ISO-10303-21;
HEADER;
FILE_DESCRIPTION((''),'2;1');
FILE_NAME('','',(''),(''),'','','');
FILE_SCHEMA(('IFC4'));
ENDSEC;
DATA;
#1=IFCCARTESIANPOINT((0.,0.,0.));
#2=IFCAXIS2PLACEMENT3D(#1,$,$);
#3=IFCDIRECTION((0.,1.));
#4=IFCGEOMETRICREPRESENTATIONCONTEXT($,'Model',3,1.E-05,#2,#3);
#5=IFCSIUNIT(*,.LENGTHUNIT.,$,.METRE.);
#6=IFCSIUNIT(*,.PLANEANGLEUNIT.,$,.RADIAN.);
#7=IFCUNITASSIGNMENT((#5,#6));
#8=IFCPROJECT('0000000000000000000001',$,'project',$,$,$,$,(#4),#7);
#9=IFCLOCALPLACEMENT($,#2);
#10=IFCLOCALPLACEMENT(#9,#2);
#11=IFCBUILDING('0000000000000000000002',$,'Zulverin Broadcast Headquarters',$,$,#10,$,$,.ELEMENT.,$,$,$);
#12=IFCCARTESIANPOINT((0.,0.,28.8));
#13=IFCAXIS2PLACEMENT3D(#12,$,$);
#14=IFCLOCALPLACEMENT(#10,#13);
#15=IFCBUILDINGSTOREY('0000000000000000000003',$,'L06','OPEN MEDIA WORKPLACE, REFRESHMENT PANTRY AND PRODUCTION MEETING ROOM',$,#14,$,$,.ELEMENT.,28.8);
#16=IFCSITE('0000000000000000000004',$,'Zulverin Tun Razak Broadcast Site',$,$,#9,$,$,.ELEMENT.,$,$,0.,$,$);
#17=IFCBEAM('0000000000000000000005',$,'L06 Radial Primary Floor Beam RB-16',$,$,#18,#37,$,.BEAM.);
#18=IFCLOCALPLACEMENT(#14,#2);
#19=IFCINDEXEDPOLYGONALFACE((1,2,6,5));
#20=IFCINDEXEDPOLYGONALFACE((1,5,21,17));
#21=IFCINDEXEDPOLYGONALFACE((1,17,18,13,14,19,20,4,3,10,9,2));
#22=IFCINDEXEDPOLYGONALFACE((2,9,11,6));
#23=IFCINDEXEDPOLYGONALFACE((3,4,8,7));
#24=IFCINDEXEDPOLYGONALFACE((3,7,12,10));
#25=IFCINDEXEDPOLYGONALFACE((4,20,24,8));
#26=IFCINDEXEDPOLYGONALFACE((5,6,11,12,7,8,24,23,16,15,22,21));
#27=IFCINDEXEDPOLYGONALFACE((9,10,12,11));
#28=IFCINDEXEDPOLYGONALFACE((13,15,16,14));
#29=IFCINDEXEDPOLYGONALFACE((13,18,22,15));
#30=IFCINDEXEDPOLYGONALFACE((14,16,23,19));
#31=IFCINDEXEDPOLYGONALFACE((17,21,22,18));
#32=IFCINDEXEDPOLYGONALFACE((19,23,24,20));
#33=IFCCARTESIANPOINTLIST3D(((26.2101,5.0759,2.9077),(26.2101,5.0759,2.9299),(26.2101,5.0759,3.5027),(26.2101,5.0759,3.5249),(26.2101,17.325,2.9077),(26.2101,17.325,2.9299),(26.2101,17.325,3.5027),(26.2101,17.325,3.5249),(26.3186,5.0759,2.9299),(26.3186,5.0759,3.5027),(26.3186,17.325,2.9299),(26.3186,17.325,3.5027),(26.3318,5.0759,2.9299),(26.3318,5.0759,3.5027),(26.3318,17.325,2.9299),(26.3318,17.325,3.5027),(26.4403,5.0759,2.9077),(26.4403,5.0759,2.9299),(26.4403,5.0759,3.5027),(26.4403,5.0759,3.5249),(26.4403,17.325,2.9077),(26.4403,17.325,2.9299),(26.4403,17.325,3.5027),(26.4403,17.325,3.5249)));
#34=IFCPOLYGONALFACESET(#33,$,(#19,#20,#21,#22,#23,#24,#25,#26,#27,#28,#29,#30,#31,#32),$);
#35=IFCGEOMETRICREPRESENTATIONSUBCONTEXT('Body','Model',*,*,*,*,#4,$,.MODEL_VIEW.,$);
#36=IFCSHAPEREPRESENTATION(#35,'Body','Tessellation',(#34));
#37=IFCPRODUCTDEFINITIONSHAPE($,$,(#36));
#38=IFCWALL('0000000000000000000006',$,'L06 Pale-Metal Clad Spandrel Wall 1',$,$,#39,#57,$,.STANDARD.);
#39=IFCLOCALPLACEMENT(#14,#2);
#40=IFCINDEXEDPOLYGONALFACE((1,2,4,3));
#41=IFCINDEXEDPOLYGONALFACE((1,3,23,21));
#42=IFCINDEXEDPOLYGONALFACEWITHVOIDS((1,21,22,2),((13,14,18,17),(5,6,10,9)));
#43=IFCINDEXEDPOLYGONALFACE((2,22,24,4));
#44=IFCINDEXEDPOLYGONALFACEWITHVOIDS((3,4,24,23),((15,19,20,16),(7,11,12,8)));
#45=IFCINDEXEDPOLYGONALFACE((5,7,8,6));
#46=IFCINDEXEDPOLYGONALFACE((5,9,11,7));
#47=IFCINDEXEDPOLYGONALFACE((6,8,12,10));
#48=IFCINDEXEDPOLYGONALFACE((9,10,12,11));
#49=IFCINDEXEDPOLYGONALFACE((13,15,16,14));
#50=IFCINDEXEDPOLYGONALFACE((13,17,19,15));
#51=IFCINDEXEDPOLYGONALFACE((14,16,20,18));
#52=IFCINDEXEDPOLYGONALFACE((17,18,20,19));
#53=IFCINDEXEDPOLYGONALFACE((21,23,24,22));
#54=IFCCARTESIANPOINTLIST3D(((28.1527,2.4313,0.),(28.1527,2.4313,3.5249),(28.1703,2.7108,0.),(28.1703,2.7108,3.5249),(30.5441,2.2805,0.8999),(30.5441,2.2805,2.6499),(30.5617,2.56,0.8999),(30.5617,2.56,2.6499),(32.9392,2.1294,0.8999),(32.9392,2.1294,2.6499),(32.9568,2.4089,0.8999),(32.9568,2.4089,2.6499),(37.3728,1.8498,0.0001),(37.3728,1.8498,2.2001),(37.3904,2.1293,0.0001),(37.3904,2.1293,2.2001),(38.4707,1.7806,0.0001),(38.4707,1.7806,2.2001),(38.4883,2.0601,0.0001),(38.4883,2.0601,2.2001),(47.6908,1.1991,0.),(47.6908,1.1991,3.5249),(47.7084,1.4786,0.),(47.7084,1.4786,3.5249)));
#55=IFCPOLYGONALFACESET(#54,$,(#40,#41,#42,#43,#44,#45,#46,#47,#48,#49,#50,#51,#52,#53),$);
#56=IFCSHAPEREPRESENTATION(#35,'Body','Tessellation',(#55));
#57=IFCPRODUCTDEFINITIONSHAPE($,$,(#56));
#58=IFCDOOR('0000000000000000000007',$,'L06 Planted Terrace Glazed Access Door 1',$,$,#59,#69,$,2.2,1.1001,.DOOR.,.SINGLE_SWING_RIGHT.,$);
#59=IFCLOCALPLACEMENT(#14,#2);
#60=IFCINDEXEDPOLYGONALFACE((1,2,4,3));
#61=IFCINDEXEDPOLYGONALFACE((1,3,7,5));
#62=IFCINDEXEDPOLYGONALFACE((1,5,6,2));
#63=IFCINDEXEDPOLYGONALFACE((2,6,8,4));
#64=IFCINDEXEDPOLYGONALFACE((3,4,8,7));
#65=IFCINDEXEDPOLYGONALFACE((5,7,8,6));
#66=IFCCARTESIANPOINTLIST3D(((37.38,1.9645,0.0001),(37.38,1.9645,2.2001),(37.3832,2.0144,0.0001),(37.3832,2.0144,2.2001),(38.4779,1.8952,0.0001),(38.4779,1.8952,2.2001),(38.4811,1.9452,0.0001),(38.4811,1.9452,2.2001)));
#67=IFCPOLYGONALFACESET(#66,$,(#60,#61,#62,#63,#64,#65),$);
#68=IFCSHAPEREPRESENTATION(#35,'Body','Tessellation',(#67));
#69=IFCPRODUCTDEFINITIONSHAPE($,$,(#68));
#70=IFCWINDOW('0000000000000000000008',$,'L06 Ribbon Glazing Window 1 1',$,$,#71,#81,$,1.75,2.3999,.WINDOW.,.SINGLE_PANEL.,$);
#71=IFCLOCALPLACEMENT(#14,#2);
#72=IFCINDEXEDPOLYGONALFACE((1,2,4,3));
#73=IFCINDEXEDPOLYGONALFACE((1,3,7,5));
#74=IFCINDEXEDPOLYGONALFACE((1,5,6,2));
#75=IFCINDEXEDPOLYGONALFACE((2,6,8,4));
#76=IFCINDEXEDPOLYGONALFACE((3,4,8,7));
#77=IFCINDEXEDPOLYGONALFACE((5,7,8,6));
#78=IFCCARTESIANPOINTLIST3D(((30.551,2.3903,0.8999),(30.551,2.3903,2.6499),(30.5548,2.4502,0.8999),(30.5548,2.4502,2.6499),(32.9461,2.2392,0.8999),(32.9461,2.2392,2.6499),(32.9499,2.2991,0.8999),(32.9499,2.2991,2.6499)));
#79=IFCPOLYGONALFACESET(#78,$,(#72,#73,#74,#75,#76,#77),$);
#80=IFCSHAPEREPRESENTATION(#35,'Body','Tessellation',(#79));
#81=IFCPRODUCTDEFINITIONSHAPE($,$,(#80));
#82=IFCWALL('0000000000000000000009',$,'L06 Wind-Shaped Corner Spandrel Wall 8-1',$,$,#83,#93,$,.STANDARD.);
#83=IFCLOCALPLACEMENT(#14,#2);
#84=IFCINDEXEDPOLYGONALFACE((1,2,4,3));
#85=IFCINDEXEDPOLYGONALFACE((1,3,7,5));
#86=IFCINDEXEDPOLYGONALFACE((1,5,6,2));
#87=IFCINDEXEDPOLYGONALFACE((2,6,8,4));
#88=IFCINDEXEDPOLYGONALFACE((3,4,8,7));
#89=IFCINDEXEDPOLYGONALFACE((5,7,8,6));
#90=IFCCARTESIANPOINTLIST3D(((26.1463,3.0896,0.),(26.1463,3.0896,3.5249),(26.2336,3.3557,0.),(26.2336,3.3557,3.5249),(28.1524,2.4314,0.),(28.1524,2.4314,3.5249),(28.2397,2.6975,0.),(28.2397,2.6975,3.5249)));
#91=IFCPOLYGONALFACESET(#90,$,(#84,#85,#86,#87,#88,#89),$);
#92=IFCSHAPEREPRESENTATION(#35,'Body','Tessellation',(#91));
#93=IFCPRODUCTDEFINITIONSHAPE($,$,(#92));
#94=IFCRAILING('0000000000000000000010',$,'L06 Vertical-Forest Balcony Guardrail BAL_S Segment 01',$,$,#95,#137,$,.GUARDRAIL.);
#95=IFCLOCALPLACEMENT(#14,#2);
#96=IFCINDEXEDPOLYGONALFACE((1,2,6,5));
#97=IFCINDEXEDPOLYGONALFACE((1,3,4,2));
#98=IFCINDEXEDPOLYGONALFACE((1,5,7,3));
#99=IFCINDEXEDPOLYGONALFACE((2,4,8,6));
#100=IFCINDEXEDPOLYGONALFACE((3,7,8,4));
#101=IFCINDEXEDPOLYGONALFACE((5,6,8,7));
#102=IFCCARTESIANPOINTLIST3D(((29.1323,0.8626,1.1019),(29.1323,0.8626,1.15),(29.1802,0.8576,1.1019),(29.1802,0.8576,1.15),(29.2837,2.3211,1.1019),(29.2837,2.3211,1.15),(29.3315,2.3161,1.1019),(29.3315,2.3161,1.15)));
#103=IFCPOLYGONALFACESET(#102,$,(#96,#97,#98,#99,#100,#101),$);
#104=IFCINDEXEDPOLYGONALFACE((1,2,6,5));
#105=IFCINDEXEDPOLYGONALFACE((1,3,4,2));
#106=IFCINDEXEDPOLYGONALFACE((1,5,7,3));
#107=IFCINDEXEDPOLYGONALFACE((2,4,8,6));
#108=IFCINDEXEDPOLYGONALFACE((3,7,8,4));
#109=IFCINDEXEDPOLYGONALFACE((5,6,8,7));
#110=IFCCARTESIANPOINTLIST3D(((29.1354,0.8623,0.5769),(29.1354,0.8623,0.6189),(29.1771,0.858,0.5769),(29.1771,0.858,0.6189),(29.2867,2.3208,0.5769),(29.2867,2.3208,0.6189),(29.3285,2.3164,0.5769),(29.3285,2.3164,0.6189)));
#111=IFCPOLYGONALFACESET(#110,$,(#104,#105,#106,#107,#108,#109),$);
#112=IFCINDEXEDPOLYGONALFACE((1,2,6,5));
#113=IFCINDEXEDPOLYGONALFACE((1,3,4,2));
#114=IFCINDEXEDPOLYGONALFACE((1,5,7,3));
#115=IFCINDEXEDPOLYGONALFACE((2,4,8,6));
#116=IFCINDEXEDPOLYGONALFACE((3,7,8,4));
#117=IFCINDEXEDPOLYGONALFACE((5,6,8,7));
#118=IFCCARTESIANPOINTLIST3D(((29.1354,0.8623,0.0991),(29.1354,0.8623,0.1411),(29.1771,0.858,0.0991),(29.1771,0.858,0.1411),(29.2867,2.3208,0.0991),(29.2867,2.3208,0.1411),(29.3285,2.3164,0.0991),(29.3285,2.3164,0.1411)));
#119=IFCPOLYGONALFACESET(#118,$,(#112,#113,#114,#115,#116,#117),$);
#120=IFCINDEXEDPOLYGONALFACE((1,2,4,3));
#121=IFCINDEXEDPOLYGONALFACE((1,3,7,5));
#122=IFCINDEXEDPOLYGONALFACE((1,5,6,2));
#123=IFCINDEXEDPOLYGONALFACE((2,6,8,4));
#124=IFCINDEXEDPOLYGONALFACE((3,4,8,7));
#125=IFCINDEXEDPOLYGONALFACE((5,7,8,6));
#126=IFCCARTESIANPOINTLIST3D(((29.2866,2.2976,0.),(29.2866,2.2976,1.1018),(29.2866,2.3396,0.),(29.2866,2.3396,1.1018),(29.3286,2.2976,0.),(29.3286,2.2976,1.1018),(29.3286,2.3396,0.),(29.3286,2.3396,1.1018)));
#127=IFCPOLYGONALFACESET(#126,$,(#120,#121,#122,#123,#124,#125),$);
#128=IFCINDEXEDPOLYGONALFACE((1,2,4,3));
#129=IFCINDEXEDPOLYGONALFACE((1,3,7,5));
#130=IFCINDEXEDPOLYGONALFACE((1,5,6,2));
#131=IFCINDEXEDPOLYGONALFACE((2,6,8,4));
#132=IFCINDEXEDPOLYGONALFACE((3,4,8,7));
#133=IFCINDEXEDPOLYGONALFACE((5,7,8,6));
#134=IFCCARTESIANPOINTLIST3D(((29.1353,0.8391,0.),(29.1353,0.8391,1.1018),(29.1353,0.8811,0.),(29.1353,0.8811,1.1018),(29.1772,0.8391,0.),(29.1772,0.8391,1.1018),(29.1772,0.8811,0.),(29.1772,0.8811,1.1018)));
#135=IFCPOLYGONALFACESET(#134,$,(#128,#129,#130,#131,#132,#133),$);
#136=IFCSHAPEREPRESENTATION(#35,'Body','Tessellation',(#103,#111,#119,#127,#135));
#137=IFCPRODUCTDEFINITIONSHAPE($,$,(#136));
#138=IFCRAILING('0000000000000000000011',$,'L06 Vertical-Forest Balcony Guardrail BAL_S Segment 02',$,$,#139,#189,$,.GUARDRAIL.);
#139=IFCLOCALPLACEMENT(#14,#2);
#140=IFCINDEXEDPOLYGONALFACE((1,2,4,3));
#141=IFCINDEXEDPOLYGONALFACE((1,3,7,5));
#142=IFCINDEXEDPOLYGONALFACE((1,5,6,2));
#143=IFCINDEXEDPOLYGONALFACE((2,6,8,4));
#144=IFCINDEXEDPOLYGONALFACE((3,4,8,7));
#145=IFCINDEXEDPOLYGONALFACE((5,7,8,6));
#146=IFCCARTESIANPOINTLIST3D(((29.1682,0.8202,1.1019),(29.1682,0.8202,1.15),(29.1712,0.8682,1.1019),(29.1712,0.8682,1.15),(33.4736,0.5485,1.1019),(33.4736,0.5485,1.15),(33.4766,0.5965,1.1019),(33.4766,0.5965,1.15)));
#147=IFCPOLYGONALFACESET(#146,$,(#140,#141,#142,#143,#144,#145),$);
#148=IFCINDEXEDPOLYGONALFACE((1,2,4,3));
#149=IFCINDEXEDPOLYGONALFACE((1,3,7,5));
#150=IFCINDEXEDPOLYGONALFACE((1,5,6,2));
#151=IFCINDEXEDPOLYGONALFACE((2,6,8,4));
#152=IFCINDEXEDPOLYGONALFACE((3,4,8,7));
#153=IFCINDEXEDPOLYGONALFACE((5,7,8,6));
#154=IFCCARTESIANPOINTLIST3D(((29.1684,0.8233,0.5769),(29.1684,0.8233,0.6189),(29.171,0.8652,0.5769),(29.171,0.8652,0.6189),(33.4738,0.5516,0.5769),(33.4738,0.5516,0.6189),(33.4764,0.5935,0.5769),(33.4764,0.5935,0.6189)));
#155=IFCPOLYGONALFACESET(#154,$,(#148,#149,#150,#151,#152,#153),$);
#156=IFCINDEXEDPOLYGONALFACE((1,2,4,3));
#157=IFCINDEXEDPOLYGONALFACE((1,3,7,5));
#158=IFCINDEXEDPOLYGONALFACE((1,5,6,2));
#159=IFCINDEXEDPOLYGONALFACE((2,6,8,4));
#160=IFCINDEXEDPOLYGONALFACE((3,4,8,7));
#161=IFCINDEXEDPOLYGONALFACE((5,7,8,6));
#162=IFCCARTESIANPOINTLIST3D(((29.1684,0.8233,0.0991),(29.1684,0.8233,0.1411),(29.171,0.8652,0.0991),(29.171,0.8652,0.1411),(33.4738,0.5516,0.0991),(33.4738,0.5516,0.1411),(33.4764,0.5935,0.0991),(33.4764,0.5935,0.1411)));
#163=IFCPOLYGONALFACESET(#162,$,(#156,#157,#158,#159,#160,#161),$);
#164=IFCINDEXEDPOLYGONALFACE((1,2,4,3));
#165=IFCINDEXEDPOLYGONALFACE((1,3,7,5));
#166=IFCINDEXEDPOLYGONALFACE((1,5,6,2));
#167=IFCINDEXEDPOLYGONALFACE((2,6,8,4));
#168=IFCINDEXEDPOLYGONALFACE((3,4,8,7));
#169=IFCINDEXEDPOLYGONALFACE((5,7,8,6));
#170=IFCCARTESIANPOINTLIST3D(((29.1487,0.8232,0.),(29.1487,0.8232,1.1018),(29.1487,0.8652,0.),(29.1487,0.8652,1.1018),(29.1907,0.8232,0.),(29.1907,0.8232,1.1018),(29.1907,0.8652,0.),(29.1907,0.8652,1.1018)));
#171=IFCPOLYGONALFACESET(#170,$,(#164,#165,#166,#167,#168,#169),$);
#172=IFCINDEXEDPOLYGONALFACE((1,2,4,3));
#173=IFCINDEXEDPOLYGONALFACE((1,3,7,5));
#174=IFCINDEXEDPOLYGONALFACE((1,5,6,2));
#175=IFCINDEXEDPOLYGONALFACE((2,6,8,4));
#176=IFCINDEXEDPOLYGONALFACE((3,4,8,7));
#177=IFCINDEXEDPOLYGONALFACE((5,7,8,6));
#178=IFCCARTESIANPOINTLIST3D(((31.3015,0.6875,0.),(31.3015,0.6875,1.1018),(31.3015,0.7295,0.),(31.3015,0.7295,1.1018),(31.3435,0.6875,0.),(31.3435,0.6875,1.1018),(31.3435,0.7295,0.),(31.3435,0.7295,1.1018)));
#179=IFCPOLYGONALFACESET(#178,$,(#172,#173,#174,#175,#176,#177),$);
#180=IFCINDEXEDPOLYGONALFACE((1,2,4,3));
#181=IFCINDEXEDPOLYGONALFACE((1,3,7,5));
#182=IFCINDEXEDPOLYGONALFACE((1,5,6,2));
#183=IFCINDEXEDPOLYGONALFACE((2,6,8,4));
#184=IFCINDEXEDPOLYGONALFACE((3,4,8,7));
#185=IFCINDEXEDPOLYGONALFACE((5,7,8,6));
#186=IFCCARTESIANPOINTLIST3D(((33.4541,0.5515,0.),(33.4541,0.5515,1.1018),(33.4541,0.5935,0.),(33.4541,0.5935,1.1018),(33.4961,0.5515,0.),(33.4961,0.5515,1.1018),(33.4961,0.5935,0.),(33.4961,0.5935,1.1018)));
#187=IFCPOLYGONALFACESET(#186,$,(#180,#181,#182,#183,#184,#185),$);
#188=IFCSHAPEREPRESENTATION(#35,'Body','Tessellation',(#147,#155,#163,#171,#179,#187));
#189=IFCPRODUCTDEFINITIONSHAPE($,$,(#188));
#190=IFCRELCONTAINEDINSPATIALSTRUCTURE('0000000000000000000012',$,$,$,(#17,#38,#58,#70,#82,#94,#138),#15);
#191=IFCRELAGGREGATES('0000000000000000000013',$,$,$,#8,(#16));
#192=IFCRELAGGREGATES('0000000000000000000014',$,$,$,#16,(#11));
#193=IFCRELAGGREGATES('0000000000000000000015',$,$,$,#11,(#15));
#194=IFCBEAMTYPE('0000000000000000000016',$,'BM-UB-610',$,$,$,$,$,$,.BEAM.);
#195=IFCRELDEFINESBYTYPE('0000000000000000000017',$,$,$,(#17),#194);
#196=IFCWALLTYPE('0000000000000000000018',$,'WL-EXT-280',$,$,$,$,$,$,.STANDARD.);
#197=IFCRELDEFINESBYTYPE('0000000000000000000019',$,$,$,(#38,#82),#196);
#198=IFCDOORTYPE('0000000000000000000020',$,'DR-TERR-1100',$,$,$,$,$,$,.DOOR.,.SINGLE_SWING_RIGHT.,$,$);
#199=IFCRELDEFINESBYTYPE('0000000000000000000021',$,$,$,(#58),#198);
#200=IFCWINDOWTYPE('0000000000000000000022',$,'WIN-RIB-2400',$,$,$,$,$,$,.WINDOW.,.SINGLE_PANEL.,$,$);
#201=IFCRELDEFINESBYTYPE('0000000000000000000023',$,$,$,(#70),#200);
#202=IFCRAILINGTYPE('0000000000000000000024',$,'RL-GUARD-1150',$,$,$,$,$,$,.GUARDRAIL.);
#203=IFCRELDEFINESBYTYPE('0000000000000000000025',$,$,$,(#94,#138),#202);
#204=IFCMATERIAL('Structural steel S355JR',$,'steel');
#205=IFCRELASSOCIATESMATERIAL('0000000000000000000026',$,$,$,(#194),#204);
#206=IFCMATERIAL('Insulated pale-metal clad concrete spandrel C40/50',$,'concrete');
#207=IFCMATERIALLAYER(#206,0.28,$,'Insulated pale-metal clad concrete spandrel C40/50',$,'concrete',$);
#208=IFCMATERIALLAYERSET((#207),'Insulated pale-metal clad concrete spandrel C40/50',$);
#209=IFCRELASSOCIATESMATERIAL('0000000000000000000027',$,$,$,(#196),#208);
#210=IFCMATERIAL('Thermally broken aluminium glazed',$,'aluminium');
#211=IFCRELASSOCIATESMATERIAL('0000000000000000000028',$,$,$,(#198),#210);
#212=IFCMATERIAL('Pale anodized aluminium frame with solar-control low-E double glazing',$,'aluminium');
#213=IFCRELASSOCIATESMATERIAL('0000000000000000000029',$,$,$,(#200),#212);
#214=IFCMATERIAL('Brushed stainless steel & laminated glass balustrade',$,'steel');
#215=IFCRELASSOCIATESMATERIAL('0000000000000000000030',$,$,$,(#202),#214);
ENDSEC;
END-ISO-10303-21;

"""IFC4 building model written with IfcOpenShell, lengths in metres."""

from ifc_helpers import new_model, si_unit, direction, frame, frame_2d, origin, origin_2d, place, context, subcontext, project, spatial, rectangle, i_section, extrude, material, layer, layer_set, material_profile, profile_set, type_object, element, fill, save


model = new_model("IFC4")

# Units and contexts
model_context = context("Model", 3, precision=1e-05, world=origin(), true_north=direction((0.0, 1.0)))
body_context = subcontext(model_context, "Body", "Model", "MODEL_VIEW")
ifc_project = project(units=[si_unit("LENGTHUNIT", "METRE"), si_unit("PLANEANGLEUNIT", "RADIAN")], contexts=[model_context])

# Site, building, storey
site_placement = place(None, origin())
site = spatial("IfcSite", under=ifc_project, at=site_placement, Name="Zulverin Tun Razak Broadcast Site", CompositionType="ELEMENT", RefElevation=0.0)
building_placement = place(site_placement, origin())
building = spatial("IfcBuilding", under=site, at=building_placement, Name="Zulverin Broadcast Headquarters", CompositionType="ELEMENT")
storey_placement = place(building_placement, frame((0.0, 0.0, 28.8)))
storey = spatial("IfcBuildingStorey", under=building, at=storey_placement, Name="L06", Description="OPEN MEDIA WORKPLACE, REFRESHMENT PANTRY AND PRODUCTION MEETING ROOM", CompositionType="ELEMENT", Elevation=28.8)

# Beam
ifc_material_1 = material(Name="Structural steel S355JR", Category="steel")
ifc_material_profile_1 = material_profile(ifc_material_1, i_section(OverallWidth=0.2302, OverallDepth=0.6172, WebThickness=0.0132, FlangeThickness=0.0222, at=origin_2d()), Name="Structural steel S355JR", Category="steel")
ifc_profile_set_1 = profile_set([ifc_material_profile_1], Name="Structural steel S355JR")
beam_type_1 = type_object("IfcBeamType", Name="BM-UB-610", PredefinedType="BEAM", material=ifc_profile_set_1)
beam_1_placement = place(storey_placement, frame((26.3252, 17.325, 3.2163), z_axis=(0.0, -1.0, 0.0), x_axis=(1.0, 0.0, 0.0)))
element("IfcBeam", 1, at=beam_1_placement, inside=storey, type_object=beam_type_1, Name="L06 Radial Primary Floor Beam RB-16", PredefinedType="BEAM", context=body_context, shape_type="SweptSolid", body=[
    extrude(i_section(OverallWidth=0.2302, OverallDepth=0.6172, WebThickness=0.0132, FlangeThickness=0.0222, at=origin_2d()), origin(), (0.0, 0.0, 1.0), 12.249),
])

# Wall, openings, door, window
ifc_material_2 = material(Name="Insulated pale-metal clad concrete spandrel C40/50", Category="concrete")
ifc_layer = layer(ifc_material_2, 0.28, Name="Insulated pale-metal clad concrete spandrel C40/50", Category="concrete")
ifc_layer_set = layer_set([ifc_layer], Name="Insulated pale-metal clad concrete spandrel C40/50")
wall_type = type_object("IfcWallType", Name="WL-EXT-280", PredefinedType="STANDARD", material=ifc_layer_set)
wall_1_placement = place(storey_placement, frame((28.1614, 2.571, 0.0), z_axis=(0.0, 0.0, 1.0), x_axis=(0.998017, -0.06294, 0.0)))
wall_1 = element("IfcWall", 2, at=wall_1_placement, inside=storey, type_object=wall_type, Name="L06 Pale-Metal Clad Spandrel Wall 1", PredefinedType="STANDARD", context=body_context, shape_type="SweptSolid", body=[
    extrude(rectangle(XDim=19.5769, YDim=0.28, at=frame_2d((9.7886, 0.0))), origin(), (0.0, 0.0, 1.0), 3.5249),
])
opening_1_placement = place(wall_1_placement, frame((9.2385, 0.0, 0.0)))
opening_1 = element("IfcOpeningElement", 3, at=opening_1_placement, cuts=wall_1, PredefinedType="OPENING", context=body_context, shape_type="SweptSolid", body=[
    extrude(rectangle(XDim=1.1001, YDim=2.2, at=frame_2d((0.55, 1.1001))), frame((0.0, 0.1499, 0.0), z_axis=(0.0, -1.0, 0.0), x_axis=(1.0, 0.0, 0.0)), (0.0, 0.0, 1.0), 0.3),
])
opening_2_placement = place(wall_1_placement, frame((2.3962, 0.0, 0.8999)))
opening_2 = element("IfcOpeningElement", 4, at=opening_2_placement, cuts=wall_1, PredefinedType="OPENING", context=body_context, shape_type="SweptSolid", body=[
    extrude(rectangle(XDim=2.3999, YDim=1.75, at=frame_2d((1.2, 0.875))), frame((0.0, 0.1499, 0.0), z_axis=(0.0, -1.0, 0.0), x_axis=(1.0, 0.0, 0.0)), (0.0, 0.0, 1.0), 0.3),
])
ifc_material_3 = material(Name="Thermally broken aluminium glazed", Category="aluminium")
door_type = type_object("IfcDoorType", Name="DR-TERR-1100", OperationType="SINGLE_SWING_RIGHT", PredefinedType="DOOR", material=ifc_material_3)
door_placement = place(opening_1_placement, origin())
door = element("IfcDoor", 5, at=door_placement, inside=storey, type_object=door_type, Name="L06 Planted Terrace Glazed Access Door 1", OperationType="SINGLE_SWING_RIGHT", OverallHeight=2.2, OverallWidth=1.1001, PredefinedType="DOOR", context=body_context, shape_type="SweptSolid", body=[
    extrude(rectangle(XDim=1.1001, YDim=2.2, at=frame_2d((0.55, 1.1001))), frame((0.0, 0.0249, 0.0), z_axis=(0.0, -1.0, 0.0), x_axis=(1.0, 0.0, 0.0)), (0.0, 0.0, 1.0), 0.05),
])
fill(opening_1, door)
ifc_material_4 = material(Name="Pale anodized aluminium frame with solar-control low-E double glazing", Category="aluminium")
window_type = type_object("IfcWindowType", Name="WIN-RIB-2400", PartitioningType="SINGLE_PANEL", PredefinedType="WINDOW", material=ifc_material_4)
window_placement = place(opening_2_placement, origin())
window = element("IfcWindow", 6, at=window_placement, inside=storey, type_object=window_type, Name="L06 Ribbon Glazing Window 1 1", OverallHeight=1.75, OverallWidth=2.3999, PartitioningType="SINGLE_PANEL", PredefinedType="WINDOW", context=body_context, shape_type="SweptSolid", body=[
    extrude(rectangle(XDim=2.3999, YDim=1.75, at=frame_2d((1.2, 0.875))), frame((0.0, 0.03, 0.0), z_axis=(0.0, -1.0, 0.0), x_axis=(1.0, 0.0, 0.0)), (0.0, 0.0, 1.0), 0.0601),
])
fill(opening_2, window)

# Wall
wall_2_placement = place(storey_placement, frame((26.1899, 3.2227, 0.0), z_axis=(0.0, 0.0, 1.0), x_axis=(0.950164, -0.311749, 0.0)))
element("IfcWall", 7, at=wall_2_placement, inside=storey, type_object=wall_type, Name="L06 Wind-Shaped Corner Spandrel Wall 8-1", PredefinedType="STANDARD", context=body_context, shape_type="SweptSolid", body=[
    extrude(rectangle(XDim=2.1113, YDim=0.28, at=frame_2d((1.0557, 0.0))), origin(), (0.0, 0.0, 1.0), 3.5249),
])

# Railings
ifc_material_5 = material(Name="Brushed stainless steel & laminated glass balustrade", Category="steel")
railing_type = type_object("IfcRailingType", Name="RL-GUARD-1150", PredefinedType="GUARDRAIL", material=ifc_material_5)
railing_1_placement = place(storey_placement, frame((29.3076, 2.3186, 0.0)))
element("IfcRailing", 8, at=railing_1_placement, inside=storey, type_object=railing_type, Name="L06 Vertical-Forest Balcony Guardrail BAL_S Segment 01", PredefinedType="GUARDRAIL", context=body_context, shape_type="SweptSolid", body=[
    extrude(rectangle(XDim=0.0481, YDim=0.0481, at=origin_2d()), frame((0.0, 0.0, 1.126), z_axis=(-0.103229, -0.994658, 0.0), x_axis=(0.994658, -0.103229, 0.0)), (0.0, 0.0, 1.0), 1.4663),
    extrude(rectangle(XDim=0.042, YDim=0.042, at=origin_2d()), frame((0.0, 0.0, 0.5979), z_axis=(-0.103229, -0.994658, 0.0), x_axis=(0.994658, -0.103229, 0.0)), (0.0, 0.0, 1.0), 1.4663),
    extrude(rectangle(XDim=0.042, YDim=0.042, at=origin_2d()), frame((0.0, 0.0, 0.1201), z_axis=(-0.103229, -0.994658, 0.0), x_axis=(0.994658, -0.103229, 0.0)), (0.0, 0.0, 1.0), 1.4663),
    extrude(rectangle(XDim=0.042, YDim=0.042, at=origin_2d()), origin(), (0.0, 0.0, 1.0), 1.1018),
    extrude(rectangle(XDim=0.042, YDim=0.042, at=origin_2d()), frame((-0.1514, -1.4585, 0.0)), (0.0, 0.0, 1.0), 1.1018),
])
railing_2_placement = place(storey_placement, frame((29.1697, 0.8442, 0.0)))
element("IfcRailing", 9, at=railing_2_placement, inside=storey, type_object=railing_type, Name="L06 Vertical-Forest Balcony Guardrail BAL_S Segment 02", PredefinedType="GUARDRAIL", context=body_context, shape_type="SweptSolid", body=[
    extrude(rectangle(XDim=0.0481, YDim=0.0481, at=origin_2d()), frame((0.0, 0.0, 1.126), z_axis=(0.998014, -0.062988, 0.0), x_axis=(0.062988, 0.998014, 0.0)), (0.0, 0.0, 1.0), 4.314),
    extrude(rectangle(XDim=0.042, YDim=0.042, at=origin_2d()), frame((0.0, 0.0, 0.5979), z_axis=(0.998014, -0.062988, 0.0), x_axis=(0.062988, 0.998014, 0.0)), (0.0, 0.0, 1.0), 4.314),
    extrude(rectangle(XDim=0.042, YDim=0.042, at=origin_2d()), frame((0.0, 0.0, 0.1201), z_axis=(0.998014, -0.062988, 0.0), x_axis=(0.062988, 0.998014, 0.0)), (0.0, 0.0, 1.0), 4.314),
    extrude(rectangle(XDim=0.042, YDim=0.042, at=origin_2d()), origin(), (0.0, 0.0, 1.0), 1.1018),
    extrude(rectangle(XDim=0.042, YDim=0.042, at=origin_2d()), frame((2.1528, -0.1357, 0.0)), (0.0, 0.0, 1.0), 1.1018),
    extrude(rectangle(XDim=0.042, YDim=0.042, at=origin_2d()), frame((4.3054, -0.2717, 0.0)), (0.0, 0.0, 1.0), 1.1018),
])

save(model, "model.ifc")
